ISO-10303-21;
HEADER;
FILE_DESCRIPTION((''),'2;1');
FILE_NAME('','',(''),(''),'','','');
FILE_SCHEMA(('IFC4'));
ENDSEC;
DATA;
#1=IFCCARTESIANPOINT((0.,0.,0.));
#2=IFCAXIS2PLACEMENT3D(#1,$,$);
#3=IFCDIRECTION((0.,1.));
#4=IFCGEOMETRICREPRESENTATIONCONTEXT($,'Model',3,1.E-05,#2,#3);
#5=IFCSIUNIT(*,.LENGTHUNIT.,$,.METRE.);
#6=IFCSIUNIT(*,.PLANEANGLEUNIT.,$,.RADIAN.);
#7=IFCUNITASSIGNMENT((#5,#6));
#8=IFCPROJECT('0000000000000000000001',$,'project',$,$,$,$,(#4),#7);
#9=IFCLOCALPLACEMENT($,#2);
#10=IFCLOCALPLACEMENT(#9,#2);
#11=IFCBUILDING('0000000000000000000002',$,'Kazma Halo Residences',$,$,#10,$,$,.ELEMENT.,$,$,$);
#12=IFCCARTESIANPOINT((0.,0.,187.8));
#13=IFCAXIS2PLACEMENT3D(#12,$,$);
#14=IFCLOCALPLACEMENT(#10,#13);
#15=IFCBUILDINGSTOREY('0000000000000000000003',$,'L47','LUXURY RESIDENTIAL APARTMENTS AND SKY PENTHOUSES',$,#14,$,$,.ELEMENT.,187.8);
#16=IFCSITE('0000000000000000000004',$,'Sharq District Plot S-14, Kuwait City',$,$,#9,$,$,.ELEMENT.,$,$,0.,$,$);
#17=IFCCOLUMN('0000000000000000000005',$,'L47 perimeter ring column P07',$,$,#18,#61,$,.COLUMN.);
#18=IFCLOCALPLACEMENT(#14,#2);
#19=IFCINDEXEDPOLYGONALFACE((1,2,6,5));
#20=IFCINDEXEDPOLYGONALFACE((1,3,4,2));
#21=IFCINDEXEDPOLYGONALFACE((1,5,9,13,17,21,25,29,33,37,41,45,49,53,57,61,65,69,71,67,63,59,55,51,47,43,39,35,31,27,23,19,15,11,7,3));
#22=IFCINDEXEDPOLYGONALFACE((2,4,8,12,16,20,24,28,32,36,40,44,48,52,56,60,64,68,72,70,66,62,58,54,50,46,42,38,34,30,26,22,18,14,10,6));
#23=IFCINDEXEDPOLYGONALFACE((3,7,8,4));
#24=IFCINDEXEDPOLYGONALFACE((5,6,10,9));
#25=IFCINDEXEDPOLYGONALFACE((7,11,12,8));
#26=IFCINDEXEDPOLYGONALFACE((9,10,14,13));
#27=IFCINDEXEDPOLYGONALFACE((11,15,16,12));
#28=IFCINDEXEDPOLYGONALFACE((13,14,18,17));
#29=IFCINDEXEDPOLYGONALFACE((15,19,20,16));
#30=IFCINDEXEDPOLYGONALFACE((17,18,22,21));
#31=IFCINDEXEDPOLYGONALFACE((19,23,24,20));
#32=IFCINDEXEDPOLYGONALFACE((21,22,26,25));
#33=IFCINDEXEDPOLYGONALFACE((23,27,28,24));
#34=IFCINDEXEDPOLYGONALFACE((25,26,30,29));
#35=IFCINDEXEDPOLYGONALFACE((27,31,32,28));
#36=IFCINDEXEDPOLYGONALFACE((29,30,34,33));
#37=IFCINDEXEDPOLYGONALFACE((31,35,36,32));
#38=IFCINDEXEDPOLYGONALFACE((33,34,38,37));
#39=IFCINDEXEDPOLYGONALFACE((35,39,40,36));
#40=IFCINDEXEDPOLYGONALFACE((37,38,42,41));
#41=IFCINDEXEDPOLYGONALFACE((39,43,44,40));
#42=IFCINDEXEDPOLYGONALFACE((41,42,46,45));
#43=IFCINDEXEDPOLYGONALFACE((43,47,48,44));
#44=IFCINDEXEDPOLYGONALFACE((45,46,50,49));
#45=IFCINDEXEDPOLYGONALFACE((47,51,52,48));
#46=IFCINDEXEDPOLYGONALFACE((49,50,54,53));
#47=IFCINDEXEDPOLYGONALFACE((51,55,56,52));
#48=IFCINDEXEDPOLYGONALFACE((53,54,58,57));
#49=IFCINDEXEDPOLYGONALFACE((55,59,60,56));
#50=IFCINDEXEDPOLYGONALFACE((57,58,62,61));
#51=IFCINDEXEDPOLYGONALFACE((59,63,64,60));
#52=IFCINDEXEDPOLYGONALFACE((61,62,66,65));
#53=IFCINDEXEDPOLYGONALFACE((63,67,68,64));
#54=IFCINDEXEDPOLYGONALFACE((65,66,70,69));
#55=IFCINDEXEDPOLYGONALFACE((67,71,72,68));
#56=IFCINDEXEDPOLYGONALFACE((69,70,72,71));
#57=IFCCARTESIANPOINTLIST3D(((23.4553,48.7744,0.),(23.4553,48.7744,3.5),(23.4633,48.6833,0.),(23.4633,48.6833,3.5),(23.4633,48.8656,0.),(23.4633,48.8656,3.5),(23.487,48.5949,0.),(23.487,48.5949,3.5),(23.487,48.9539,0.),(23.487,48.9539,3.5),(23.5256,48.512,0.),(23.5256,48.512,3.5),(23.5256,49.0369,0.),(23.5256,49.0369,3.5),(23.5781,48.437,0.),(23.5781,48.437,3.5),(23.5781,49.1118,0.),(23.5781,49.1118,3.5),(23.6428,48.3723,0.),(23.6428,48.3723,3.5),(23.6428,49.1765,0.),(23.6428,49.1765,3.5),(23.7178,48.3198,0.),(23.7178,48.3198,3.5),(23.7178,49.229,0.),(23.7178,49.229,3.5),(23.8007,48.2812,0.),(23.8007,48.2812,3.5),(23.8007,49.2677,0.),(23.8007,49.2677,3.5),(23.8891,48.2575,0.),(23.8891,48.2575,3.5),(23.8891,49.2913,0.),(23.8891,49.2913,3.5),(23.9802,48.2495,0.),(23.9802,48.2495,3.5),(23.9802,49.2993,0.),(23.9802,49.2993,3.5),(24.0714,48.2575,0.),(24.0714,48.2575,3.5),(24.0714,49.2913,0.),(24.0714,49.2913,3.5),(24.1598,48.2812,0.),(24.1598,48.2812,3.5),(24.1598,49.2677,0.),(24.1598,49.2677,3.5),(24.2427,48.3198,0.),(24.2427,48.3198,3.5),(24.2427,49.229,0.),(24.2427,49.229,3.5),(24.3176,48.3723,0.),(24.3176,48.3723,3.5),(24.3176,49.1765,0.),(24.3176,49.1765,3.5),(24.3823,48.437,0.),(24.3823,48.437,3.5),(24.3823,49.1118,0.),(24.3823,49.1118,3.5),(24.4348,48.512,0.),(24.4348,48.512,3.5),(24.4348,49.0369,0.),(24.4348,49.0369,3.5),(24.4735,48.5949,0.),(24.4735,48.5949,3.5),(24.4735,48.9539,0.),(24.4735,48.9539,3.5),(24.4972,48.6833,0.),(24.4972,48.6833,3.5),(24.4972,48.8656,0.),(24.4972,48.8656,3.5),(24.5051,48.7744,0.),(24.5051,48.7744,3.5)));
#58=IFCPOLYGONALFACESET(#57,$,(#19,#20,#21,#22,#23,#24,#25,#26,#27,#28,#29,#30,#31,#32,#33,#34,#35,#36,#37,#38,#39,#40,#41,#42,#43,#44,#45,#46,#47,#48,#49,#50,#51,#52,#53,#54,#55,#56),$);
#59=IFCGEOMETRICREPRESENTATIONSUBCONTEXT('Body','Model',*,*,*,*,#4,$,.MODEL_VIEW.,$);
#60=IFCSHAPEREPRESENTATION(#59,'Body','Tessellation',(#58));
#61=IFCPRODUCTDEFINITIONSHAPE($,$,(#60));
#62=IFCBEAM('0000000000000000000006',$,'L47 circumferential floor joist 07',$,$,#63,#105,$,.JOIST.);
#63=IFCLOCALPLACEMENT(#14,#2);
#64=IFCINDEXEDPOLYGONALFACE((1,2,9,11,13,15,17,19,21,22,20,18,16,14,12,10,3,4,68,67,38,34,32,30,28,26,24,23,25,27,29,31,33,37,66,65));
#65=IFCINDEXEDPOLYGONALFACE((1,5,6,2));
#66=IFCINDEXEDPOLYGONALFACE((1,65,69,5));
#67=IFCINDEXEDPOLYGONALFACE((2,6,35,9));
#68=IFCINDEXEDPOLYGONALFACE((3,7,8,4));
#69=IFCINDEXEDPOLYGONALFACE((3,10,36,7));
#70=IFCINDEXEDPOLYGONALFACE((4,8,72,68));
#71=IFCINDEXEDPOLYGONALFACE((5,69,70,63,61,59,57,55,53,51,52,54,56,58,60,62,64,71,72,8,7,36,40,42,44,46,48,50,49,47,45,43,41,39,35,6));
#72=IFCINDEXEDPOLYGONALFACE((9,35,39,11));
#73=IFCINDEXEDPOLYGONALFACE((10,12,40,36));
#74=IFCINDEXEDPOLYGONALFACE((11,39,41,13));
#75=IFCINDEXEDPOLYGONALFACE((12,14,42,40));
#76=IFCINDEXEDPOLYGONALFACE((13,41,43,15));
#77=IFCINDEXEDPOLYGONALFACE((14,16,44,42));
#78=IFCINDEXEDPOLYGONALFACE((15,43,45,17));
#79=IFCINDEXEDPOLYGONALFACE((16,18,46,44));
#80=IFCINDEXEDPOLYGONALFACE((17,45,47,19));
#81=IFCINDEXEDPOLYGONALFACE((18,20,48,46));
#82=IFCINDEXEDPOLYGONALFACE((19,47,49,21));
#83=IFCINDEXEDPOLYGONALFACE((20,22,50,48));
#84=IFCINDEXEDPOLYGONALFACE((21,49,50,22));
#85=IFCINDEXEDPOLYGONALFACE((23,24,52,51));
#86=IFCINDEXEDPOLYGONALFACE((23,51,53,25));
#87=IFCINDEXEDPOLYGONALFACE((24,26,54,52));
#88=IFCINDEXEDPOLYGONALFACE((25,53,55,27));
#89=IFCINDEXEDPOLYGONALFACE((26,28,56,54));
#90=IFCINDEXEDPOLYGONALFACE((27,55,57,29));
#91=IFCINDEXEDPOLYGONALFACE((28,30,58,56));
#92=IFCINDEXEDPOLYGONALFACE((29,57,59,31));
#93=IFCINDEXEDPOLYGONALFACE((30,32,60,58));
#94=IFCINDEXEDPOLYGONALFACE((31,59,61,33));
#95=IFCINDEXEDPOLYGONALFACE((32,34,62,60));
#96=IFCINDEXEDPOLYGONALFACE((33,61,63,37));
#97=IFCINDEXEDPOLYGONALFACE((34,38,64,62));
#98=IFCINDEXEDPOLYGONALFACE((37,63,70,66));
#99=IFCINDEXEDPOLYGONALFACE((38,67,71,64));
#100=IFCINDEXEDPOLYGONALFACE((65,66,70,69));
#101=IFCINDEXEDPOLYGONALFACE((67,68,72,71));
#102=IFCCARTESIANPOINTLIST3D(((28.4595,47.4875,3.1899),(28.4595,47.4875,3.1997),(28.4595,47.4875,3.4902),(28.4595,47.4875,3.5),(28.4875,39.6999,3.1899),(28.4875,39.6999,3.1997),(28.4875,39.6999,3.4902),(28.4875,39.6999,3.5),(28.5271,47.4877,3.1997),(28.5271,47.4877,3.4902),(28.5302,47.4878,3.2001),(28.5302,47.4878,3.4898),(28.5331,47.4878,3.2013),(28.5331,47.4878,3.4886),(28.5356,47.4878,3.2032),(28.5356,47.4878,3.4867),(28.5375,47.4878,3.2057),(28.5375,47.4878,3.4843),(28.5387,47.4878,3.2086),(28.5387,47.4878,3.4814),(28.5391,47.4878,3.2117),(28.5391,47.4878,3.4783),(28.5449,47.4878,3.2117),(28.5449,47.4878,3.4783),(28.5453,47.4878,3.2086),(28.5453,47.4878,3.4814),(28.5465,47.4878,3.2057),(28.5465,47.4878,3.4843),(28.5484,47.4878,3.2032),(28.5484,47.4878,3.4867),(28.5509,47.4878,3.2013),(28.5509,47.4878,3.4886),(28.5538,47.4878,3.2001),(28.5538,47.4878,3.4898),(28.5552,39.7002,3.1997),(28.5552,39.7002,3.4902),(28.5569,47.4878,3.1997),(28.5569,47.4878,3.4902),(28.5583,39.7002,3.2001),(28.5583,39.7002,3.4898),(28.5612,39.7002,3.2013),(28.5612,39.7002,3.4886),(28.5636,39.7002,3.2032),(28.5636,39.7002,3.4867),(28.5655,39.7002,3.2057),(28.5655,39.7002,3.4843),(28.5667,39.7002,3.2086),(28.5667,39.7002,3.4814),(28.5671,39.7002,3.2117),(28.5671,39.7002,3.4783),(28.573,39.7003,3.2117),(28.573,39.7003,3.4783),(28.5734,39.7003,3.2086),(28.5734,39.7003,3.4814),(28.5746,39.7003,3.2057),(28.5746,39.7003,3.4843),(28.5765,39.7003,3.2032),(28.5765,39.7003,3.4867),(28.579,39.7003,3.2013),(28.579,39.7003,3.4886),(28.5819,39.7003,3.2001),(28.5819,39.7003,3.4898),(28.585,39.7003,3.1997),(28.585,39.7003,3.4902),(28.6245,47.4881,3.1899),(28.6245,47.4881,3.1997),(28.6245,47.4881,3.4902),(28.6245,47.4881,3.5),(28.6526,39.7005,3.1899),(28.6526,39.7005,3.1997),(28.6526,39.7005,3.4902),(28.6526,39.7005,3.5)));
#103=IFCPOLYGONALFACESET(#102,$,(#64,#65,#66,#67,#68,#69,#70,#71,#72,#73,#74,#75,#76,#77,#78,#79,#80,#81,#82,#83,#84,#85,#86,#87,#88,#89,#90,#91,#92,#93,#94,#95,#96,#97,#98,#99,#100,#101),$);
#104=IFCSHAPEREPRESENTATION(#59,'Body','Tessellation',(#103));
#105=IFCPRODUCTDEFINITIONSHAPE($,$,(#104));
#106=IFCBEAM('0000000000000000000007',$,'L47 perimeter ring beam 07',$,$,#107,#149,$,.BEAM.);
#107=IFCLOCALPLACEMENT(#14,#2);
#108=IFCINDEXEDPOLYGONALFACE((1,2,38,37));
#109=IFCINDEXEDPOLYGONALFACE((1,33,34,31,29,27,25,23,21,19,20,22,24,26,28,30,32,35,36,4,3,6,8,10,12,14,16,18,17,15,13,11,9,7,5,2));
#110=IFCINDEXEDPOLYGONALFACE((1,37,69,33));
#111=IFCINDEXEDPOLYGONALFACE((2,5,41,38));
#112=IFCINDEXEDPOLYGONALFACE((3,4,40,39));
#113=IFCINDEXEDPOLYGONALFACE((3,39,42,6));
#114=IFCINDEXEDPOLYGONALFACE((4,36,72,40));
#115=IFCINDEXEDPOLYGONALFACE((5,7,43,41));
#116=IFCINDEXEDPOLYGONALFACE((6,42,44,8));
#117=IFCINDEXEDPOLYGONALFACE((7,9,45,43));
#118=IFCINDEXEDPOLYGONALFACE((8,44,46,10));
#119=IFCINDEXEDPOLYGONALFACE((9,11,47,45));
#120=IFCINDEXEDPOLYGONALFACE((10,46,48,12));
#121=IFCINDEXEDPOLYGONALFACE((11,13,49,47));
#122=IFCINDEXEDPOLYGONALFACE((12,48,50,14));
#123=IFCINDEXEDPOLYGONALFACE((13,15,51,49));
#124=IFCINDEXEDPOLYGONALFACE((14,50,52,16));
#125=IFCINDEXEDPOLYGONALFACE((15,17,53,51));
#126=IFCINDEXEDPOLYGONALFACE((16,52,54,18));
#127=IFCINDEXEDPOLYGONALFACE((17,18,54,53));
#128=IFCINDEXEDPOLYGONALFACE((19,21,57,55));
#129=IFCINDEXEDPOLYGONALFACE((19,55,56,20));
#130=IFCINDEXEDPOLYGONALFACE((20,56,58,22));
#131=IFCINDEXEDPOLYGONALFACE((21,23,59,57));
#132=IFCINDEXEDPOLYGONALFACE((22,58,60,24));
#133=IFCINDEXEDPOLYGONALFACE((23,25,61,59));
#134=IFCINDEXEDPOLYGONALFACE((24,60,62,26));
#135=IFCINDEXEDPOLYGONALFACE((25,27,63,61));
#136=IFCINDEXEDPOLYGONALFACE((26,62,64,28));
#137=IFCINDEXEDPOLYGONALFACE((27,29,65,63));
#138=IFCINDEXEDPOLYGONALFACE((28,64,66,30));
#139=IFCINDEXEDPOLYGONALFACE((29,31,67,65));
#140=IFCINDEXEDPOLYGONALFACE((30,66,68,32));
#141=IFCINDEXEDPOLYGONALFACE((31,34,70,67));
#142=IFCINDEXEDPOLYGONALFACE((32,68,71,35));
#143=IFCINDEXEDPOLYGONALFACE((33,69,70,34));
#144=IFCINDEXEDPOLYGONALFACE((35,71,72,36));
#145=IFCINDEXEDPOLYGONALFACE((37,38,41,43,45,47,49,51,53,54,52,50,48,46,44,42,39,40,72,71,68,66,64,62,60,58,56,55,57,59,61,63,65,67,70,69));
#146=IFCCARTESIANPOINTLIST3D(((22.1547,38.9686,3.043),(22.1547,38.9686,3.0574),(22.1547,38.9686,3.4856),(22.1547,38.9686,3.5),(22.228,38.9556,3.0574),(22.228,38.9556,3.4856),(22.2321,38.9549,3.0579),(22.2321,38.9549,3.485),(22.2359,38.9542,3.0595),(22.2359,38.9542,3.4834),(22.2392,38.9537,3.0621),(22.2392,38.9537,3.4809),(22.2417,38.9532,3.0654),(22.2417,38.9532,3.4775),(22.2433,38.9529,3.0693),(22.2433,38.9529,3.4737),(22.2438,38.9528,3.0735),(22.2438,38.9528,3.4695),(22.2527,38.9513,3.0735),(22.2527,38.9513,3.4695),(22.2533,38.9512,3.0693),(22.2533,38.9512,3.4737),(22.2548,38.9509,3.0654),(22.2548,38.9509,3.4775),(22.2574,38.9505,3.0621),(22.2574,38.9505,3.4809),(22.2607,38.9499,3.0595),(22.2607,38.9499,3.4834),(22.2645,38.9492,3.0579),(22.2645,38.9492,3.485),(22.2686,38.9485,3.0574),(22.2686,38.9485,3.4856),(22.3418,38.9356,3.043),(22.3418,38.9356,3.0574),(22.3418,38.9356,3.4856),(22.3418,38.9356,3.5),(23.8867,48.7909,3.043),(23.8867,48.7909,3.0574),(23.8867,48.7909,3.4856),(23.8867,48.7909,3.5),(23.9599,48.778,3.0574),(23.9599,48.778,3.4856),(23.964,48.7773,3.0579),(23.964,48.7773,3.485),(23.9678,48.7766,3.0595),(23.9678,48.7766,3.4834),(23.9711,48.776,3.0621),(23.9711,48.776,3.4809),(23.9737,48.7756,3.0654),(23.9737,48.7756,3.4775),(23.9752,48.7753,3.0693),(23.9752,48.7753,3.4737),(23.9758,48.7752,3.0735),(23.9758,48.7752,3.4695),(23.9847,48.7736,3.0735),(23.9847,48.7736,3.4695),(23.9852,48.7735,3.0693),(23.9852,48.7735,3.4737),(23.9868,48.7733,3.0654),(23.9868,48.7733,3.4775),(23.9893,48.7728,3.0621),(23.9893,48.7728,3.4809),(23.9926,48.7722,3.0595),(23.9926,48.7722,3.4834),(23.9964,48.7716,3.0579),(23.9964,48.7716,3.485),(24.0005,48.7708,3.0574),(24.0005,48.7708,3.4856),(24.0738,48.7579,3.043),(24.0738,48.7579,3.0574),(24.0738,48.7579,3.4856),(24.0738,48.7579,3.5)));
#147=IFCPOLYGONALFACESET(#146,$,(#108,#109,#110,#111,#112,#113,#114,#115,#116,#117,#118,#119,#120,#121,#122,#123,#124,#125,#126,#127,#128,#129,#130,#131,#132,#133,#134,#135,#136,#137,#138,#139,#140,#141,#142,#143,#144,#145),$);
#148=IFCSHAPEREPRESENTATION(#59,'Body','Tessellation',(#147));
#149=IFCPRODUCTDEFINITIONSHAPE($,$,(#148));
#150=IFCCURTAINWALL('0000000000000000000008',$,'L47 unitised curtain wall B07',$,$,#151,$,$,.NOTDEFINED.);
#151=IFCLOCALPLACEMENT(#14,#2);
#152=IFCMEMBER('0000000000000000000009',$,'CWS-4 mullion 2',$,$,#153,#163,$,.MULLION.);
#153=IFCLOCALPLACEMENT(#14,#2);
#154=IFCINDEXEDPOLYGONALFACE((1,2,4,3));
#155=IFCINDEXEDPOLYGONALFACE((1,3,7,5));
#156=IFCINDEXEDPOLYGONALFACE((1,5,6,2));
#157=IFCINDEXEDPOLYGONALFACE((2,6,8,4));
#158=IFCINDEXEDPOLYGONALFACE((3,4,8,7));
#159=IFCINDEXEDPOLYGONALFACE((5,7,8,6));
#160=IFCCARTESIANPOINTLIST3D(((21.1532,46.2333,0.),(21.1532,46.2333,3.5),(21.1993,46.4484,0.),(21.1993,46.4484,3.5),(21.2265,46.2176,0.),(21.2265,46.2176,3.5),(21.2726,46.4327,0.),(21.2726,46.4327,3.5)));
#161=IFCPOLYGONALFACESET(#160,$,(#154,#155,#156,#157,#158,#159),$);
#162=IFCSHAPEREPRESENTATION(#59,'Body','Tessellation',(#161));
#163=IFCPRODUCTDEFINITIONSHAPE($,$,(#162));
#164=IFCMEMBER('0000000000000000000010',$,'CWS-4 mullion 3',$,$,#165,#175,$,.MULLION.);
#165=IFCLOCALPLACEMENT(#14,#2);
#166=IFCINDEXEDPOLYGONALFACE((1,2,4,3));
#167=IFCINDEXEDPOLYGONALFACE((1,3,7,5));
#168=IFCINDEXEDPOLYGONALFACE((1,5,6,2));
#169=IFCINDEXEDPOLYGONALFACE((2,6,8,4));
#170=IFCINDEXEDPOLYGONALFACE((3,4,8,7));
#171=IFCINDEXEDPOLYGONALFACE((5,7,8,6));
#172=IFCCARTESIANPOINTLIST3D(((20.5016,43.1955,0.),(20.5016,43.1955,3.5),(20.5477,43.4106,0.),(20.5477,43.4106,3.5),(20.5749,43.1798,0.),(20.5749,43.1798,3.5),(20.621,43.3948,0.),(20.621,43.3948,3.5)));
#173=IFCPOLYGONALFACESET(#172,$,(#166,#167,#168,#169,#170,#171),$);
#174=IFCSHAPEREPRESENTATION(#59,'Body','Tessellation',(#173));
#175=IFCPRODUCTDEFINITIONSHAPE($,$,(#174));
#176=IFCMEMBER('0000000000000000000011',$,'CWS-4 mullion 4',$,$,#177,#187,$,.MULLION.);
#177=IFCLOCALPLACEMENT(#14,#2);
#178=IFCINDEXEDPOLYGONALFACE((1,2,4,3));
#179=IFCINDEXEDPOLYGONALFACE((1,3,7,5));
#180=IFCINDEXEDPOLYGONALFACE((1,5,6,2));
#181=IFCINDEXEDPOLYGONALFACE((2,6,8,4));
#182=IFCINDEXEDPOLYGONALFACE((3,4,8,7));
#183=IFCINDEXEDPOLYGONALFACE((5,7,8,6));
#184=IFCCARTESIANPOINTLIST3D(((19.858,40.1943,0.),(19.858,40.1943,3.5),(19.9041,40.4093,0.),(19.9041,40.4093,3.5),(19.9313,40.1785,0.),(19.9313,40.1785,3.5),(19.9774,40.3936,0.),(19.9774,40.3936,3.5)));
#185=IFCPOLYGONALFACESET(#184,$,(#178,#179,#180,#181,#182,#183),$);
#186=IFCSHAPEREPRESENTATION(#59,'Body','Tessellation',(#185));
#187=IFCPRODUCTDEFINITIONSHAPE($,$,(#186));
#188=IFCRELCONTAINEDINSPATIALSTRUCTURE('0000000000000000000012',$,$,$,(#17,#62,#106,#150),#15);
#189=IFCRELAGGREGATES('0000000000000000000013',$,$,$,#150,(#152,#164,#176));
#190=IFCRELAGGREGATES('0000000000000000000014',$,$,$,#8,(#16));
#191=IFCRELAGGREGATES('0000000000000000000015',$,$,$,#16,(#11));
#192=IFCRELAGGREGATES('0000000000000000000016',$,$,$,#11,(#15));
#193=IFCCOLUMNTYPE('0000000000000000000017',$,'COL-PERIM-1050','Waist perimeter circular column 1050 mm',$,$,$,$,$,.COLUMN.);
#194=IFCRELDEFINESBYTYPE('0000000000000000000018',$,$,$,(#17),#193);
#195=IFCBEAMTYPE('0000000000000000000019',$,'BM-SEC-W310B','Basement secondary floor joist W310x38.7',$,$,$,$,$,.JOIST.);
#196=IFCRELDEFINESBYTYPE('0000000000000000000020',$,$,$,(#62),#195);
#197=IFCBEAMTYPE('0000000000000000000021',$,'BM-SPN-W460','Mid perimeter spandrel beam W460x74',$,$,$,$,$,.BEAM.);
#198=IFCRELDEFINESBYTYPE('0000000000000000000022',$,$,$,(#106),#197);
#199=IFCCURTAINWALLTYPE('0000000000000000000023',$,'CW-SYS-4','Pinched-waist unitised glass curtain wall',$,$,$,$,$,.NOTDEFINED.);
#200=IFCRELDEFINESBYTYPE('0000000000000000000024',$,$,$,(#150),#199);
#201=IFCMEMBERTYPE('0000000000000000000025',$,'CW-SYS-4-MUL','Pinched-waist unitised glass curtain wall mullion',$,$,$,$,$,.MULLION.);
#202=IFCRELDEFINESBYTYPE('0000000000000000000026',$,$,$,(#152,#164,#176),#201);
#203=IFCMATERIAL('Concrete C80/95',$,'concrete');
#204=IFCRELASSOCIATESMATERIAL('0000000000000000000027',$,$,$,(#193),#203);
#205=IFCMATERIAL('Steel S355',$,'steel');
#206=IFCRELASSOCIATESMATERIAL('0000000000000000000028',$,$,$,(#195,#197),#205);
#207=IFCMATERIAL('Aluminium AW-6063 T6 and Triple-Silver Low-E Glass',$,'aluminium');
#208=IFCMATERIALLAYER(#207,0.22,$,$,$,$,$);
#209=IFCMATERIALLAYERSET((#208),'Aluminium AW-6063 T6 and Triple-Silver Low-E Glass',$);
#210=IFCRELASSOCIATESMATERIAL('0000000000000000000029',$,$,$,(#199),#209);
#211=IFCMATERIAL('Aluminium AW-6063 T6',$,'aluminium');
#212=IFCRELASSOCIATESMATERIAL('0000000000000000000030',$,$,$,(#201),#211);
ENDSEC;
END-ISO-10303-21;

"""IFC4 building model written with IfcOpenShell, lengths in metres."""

from ifc_helpers import new_model, si_unit, direction, frame, origin, origin_2d, place, context, subcontext, project, spatial, rectangle, circle, i_section, extrude, material, layer, layer_set, material_profile, profile_set, type_object, element, aggregate, save


model = new_model("IFC4")

# Units and contexts
model_context = context("Model", 3, precision=1e-05, world=origin(), true_north=direction((0.0, 1.0)))
body_context = subcontext(model_context, "Body", "Model", "MODEL_VIEW")
ifc_project = project(units=[si_unit("LENGTHUNIT", "METRE"), si_unit("PLANEANGLEUNIT", "RADIAN")], contexts=[model_context])

# Site, building, storey
site_placement = place(None, origin())
site = spatial("IfcSite", under=ifc_project, at=site_placement, Name="Sharq District Plot S-14, Kuwait City", CompositionType="ELEMENT", RefElevation=0.0)
building_placement = place(site_placement, origin())
building = spatial("IfcBuilding", under=site, at=building_placement, Name="Kazma Halo Residences", CompositionType="ELEMENT")
storey_placement = place(building_placement, frame((0.0, 0.0, 187.8)))
storey = spatial("IfcBuildingStorey", under=building, at=storey_placement, Name="L47", Description="LUXURY RESIDENTIAL APARTMENTS AND SKY PENTHOUSES", CompositionType="ELEMENT", Elevation=187.8)

# Column
ifc_material_1 = material(Name="Concrete C80/95", Category="concrete")
ifc_material_profile_1 = material_profile(ifc_material_1, circle(Radius=0.5249, at=origin_2d()), Name="CIRC1050")
ifc_profile_set_1 = profile_set([ifc_material_profile_1], Name="Concrete C80/95")
column_type = type_object("IfcColumnType", Name="COL-PERIM-1050", Description="Waist perimeter circular column 1050 mm", PredefinedType="COLUMN", material=ifc_profile_set_1)
column_placement = place(storey_placement, frame((23.9802, 48.7744, 0.0), z_axis=(0.0, 0.0, 1.0), x_axis=(1.0, 0.0, 0.0)))
element("IfcColumn", 1, at=column_placement, inside=storey, type_object=column_type, Name="L47 perimeter ring column P07", PredefinedType="COLUMN", context=body_context, shape_type="SweptSolid", body=[
    extrude(circle(Radius=0.5249, at=origin_2d()), origin(), (0.0, 0.0, 1.0), 3.5),
])

# Beams
ifc_material_2 = material(Name="Steel S355", Category="steel")
ifc_material_profile_2 = material_profile(ifc_material_2, i_section(OverallWidth=0.165, OverallDepth=0.3101, WebThickness=0.0059, FlangeThickness=0.0098, FilletRadius=0.012, at=origin_2d()), Name="W310x38.7")
ifc_profile_set_2 = profile_set([ifc_material_profile_2], Name="Steel S355")
beam_type_1 = type_object("IfcBeamType", Name="BM-SEC-W310B", Description="Basement secondary floor joist W310x38.7", PredefinedType="JOIST", material=ifc_profile_set_2)
beam_1_placement = place(storey_placement, frame((28.542, 47.4878, 3.345), z_axis=(0.003605, -0.999994, 0.0), x_axis=(0.999994, 0.003605, 0.0)))
element("IfcBeam", 2, at=beam_1_placement, inside=storey, type_object=beam_type_1, Name="L47 circumferential floor joist 07", PredefinedType="JOIST", context=body_context, shape_type="SweptSolid", body=[
    extrude(i_section(OverallWidth=0.165, OverallDepth=0.3101, WebThickness=0.0059, FlangeThickness=0.0098, FilletRadius=0.012, at=origin_2d()), origin(), (0.0, 0.0, 1.0), 7.7876),
])
ifc_material_profile_3 = material_profile(ifc_material_2, i_section(OverallWidth=0.1899, OverallDepth=0.457, WebThickness=0.009, FlangeThickness=0.0144, FilletRadius=0.0161, at=origin_2d()), Name="W460x74")
ifc_profile_set_3 = profile_set([ifc_material_profile_3], Name="Steel S355")
beam_type_2 = type_object("IfcBeamType", Name="BM-SPN-W460", Description="Mid perimeter spandrel beam W460x74", PredefinedType="BEAM", material=ifc_profile_set_3)
beam_2_placement = place(storey_placement, frame((23.9802, 48.7744, 3.2715), z_axis=(-0.173648, -0.984808, 0.0), x_axis=(0.984808, -0.173648, 0.0)))
element("IfcBeam", 3, at=beam_2_placement, inside=storey, type_object=beam_type_2, Name="L47 perimeter ring beam 07", PredefinedType="BEAM", context=body_context, shape_type="SweptSolid", body=[
    extrude(i_section(OverallWidth=0.1899, OverallDepth=0.457, WebThickness=0.009, FlangeThickness=0.0144, FilletRadius=0.0161, at=origin_2d()), origin(), (0.0, 0.0, 1.0), 9.9739),
])

# Curtain wall, members
ifc_material_3 = material(Name="Aluminium AW-6063 T6 and Triple-Silver Low-E Glass", Category="aluminium")
ifc_layer_1 = layer(ifc_material_3, 0.22)
ifc_layer_set_1 = layer_set([ifc_layer_1], Name="Aluminium AW-6063 T6 and Triple-Silver Low-E Glass")
curtain_wall_type = type_object("IfcCurtainWallType", Name="CW-SYS-4", Description="Pinched-waist unitised glass curtain wall", PredefinedType="NOTDEFINED", material=ifc_layer_set_1)
curtain_wall_placement = place(storey_placement, origin())
curtain_wall = element("IfcCurtainWall", 4, at=curtain_wall_placement, inside=storey, type_object=curtain_wall_type, Name="L47 unitised curtain wall B07", PredefinedType="NOTDEFINED")
ifc_material_4 = material(Name="Aluminium AW-6063 T6", Category="aluminium")
ifc_material_profile_4 = material_profile(ifc_material_4, rectangle(XDim=0.075, YDim=0.22, at=origin_2d()), Name="CWM-75x220")
ifc_profile_set_4 = profile_set([ifc_material_profile_4], Name="Aluminium AW-6063 T6")
member_type_1 = type_object("IfcMemberType", Name="CW-SYS-4-MUL", Description="Pinched-waist unitised glass curtain wall mullion", PredefinedType="MULLION", material=ifc_profile_set_4)
member_1_placement = place(storey_placement, frame((21.2129, 46.333, 0.0), z_axis=(0.0, 0.0, 1.0), x_axis=(0.977768, -0.20969, 0.0)))
member_1 = element("IfcMember", 5, at=member_1_placement, type_object=member_type_1, Name="CWS-4 mullion 2", PredefinedType="MULLION", context=body_context, shape_type="SweptSolid", body=[
    extrude(rectangle(XDim=0.075, YDim=0.22, at=origin_2d()), origin(), (0.0, 0.0, 1.0), 3.5),
])
member_2_placement = place(storey_placement, frame((20.5613, 43.2952, 0.0), z_axis=(0.0, 0.0, 1.0), x_axis=(0.977768, -0.20969, 0.0)))
member_2 = element("IfcMember", 6, at=member_2_placement, type_object=member_type_1, Name="CWS-4 mullion 3", PredefinedType="MULLION", context=body_context, shape_type="SweptSolid", body=[
    extrude(rectangle(XDim=0.075, YDim=0.22, at=origin_2d()), origin(), (0.0, 0.0, 1.0), 3.5),
])
member_3_placement = place(storey_placement, frame((19.9177, 40.2939, 0.0), z_axis=(0.0, 0.0, 1.0), x_axis=(0.977768, -0.20969, 0.0)))
member_3 = element("IfcMember", 7, at=member_3_placement, type_object=member_type_1, Name="CWS-4 mullion 4", PredefinedType="MULLION", context=body_context, shape_type="SweptSolid", body=[
    extrude(rectangle(XDim=0.075, YDim=0.22, at=origin_2d()), origin(), (0.0, 0.0, 1.0), 3.5),
])
aggregate(curtain_wall, [member_1, member_2, member_3])

save(model, "model.ifc")
